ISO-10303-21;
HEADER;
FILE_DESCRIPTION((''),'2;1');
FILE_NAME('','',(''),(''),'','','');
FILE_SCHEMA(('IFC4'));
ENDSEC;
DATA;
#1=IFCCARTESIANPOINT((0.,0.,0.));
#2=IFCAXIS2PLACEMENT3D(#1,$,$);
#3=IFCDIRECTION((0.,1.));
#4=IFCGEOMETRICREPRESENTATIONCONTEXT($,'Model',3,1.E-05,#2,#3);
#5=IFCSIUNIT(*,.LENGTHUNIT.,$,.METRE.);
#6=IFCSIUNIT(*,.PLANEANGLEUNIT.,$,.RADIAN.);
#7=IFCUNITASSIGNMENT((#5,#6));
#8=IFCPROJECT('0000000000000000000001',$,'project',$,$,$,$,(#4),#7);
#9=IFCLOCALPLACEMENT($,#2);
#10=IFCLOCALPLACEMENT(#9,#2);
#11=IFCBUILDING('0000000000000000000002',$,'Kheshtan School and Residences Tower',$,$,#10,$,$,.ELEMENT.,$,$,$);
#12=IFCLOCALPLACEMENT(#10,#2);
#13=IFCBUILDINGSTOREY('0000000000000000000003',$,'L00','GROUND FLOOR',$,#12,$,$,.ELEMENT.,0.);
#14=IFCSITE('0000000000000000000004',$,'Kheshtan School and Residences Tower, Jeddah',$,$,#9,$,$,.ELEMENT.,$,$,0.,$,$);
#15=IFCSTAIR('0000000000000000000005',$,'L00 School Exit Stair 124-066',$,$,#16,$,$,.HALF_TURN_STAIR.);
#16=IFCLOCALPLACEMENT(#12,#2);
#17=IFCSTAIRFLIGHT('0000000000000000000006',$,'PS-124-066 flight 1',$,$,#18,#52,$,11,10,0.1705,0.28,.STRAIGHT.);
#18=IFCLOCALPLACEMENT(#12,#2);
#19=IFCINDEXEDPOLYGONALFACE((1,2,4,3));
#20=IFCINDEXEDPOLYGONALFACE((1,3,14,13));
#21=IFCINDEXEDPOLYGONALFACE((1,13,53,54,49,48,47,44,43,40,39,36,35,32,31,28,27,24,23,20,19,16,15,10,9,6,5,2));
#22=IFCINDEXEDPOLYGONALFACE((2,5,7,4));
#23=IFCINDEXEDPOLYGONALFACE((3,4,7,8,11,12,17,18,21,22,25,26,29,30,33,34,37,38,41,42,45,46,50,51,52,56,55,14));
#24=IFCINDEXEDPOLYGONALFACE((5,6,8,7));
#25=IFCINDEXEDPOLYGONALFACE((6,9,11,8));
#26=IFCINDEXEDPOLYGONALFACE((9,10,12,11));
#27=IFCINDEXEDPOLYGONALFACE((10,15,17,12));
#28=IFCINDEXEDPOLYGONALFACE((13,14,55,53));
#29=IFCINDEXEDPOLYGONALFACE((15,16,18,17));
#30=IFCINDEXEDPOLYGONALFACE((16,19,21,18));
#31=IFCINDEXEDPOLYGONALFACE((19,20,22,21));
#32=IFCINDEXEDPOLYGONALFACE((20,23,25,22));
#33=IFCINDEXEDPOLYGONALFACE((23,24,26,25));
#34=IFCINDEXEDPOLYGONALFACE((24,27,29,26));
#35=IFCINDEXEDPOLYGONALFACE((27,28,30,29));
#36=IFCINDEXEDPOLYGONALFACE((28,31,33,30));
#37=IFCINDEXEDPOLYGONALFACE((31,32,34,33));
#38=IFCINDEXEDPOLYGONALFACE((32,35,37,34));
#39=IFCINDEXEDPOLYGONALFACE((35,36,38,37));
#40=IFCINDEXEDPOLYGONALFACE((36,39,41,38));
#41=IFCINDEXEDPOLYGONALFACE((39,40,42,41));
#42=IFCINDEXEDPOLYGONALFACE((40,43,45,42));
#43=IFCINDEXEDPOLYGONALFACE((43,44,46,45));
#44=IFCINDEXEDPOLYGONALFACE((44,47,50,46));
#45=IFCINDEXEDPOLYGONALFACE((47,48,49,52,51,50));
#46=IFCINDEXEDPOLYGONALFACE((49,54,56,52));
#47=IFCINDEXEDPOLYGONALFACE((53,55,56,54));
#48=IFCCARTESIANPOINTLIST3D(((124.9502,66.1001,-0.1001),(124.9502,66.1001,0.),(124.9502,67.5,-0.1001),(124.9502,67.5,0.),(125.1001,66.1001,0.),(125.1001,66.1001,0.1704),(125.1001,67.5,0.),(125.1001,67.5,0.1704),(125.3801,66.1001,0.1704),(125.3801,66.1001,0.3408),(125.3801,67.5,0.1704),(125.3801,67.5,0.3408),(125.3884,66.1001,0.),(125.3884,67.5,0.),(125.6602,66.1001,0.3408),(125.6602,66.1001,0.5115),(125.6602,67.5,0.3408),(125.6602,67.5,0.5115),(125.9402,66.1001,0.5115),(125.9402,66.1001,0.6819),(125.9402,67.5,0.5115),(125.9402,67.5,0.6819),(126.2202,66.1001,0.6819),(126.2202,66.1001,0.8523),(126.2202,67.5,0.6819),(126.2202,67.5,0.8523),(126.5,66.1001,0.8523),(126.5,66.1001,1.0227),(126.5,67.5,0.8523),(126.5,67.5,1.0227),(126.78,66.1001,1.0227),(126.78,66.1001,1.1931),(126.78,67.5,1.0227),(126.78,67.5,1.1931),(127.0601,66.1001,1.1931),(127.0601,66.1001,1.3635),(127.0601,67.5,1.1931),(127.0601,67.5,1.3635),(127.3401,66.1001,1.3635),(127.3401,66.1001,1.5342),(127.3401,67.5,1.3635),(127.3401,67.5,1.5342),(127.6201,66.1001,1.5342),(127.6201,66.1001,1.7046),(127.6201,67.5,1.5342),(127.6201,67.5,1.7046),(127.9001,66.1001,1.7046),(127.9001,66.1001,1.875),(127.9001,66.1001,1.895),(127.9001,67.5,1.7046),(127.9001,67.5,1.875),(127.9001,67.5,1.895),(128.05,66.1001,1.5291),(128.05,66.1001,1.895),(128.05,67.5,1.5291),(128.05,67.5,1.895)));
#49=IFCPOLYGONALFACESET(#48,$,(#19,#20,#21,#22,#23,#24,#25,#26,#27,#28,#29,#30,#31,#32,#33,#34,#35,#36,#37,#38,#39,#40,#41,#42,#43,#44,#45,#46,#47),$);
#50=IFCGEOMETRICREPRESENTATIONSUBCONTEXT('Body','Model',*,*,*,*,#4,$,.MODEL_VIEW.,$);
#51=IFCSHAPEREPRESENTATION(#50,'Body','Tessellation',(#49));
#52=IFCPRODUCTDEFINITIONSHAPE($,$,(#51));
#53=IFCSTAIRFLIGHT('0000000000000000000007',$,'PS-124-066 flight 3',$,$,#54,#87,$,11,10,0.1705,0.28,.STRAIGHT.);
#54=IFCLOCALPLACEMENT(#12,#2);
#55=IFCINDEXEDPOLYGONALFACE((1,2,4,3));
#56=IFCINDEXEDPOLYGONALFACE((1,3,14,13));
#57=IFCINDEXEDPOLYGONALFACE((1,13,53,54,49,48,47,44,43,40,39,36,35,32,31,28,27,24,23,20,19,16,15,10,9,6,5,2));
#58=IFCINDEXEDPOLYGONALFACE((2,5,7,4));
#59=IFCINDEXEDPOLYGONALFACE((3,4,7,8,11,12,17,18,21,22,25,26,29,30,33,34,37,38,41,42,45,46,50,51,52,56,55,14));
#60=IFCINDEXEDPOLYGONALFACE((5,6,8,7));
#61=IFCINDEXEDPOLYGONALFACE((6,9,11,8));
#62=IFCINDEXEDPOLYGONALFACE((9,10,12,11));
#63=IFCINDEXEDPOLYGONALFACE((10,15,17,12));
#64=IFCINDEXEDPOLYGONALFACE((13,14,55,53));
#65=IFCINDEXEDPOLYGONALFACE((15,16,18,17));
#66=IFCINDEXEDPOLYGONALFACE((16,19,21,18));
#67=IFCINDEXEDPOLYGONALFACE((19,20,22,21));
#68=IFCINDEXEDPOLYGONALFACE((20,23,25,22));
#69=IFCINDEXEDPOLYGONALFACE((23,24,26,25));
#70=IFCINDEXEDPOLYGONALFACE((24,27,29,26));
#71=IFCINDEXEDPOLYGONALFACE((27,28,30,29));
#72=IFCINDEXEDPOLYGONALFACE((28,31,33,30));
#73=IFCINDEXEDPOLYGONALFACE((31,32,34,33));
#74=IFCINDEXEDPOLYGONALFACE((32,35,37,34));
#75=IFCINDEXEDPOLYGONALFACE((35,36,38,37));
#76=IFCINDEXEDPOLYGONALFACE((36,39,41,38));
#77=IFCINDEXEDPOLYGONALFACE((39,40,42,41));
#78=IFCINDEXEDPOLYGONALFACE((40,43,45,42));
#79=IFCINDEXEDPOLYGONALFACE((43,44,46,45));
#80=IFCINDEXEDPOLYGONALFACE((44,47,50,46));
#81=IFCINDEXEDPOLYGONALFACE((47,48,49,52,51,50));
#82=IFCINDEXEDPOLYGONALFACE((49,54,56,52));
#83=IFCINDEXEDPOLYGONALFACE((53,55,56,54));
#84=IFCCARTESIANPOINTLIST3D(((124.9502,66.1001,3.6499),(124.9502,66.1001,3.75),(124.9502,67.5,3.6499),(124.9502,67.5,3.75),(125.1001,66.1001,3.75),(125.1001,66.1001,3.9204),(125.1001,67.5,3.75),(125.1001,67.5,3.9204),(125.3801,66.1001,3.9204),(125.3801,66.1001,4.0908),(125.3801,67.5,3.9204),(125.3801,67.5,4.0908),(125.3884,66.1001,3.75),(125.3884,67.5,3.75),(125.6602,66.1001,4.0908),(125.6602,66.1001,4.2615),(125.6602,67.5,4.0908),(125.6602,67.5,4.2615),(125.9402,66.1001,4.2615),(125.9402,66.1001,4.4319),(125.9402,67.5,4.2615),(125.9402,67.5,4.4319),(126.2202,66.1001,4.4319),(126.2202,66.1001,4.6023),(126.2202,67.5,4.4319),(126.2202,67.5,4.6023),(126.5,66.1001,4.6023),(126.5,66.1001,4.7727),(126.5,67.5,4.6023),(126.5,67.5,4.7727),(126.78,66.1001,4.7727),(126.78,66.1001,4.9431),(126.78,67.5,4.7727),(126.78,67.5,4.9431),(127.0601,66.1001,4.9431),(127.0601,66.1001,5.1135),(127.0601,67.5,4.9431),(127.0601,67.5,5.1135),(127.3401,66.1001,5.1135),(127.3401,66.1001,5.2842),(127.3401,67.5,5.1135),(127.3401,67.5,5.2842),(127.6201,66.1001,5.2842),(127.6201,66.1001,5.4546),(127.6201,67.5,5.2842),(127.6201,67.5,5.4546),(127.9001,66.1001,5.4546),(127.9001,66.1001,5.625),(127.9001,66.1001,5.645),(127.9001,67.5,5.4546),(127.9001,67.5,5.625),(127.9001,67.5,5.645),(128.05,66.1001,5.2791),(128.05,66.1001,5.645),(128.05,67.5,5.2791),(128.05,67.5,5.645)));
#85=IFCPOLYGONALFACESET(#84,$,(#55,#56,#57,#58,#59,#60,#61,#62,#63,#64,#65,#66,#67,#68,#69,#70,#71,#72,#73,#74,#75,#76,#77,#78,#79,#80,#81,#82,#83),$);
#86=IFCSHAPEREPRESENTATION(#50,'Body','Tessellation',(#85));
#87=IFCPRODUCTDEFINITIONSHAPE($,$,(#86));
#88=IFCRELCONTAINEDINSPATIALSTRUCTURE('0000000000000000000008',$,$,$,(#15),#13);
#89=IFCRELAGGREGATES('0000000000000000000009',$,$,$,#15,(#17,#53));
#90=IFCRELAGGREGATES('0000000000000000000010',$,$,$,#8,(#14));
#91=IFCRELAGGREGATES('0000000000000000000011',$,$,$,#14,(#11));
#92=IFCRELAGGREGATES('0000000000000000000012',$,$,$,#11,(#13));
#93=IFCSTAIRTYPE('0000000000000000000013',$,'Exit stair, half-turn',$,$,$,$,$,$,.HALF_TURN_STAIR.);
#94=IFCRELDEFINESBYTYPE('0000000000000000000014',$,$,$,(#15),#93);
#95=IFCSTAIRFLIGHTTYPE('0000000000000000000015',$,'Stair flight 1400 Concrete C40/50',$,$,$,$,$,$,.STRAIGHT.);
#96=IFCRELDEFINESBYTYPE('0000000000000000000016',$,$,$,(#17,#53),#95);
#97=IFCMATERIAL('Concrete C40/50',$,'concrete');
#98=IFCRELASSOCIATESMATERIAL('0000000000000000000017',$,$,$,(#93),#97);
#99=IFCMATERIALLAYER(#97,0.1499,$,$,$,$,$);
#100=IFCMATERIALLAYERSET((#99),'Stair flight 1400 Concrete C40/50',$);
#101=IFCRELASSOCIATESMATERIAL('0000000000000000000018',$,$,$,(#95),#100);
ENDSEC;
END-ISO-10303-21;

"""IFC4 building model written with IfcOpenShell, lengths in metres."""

from ifc_helpers import new_model, si_unit, direction, frame, origin, place, context, subcontext, project, spatial, polyline, outline, extrude, material, layer, layer_set, type_object, element, aggregate, save


model = new_model("IFC4")

# Units and contexts
model_context = context("Model", 3, precision=1e-05, world=origin(), true_north=direction((0.0, 1.0)))
body_context = subcontext(model_context, "Body", "Model", "MODEL_VIEW")
ifc_project = project(units=[si_unit("LENGTHUNIT", "METRE"), si_unit("PLANEANGLEUNIT", "RADIAN")], contexts=[model_context])

# Site, building, storey
site_placement = place(None, origin())
site = spatial("IfcSite", under=ifc_project, at=site_placement, Name="Kheshtan School and Residences Tower, Jeddah", CompositionType="ELEMENT", RefElevation=0.0)
building_placement = place(site_placement, origin())
building = spatial("IfcBuilding", under=site, at=building_placement, Name="Kheshtan School and Residences Tower", CompositionType="ELEMENT")
storey_placement = place(building_placement, origin())
storey = spatial("IfcBuildingStorey", under=building, at=storey_placement, Name="L00", Description="GROUND FLOOR", CompositionType="ELEMENT", Elevation=0.0)

# Shared definitions
ifc_material_1 = material(Name="Concrete C40/50", Category="concrete")

# Stair, stair flights
stair_type = type_object("IfcStairType", Name="Exit stair, half-turn", PredefinedType="HALF_TURN_STAIR", material=ifc_material_1)
stair_placement = place(storey_placement, origin())
stair = element("IfcStair", 1, at=stair_placement, inside=storey, type_object=stair_type, Name="L00 School Exit Stair 124-066", PredefinedType="HALF_TURN_STAIR")
ifc_layer_1 = layer(ifc_material_1, 0.1499)
ifc_layer_set_1 = layer_set([ifc_layer_1], Name="Stair flight 1400 Concrete C40/50")
stair_flight_type = type_object("IfcStairFlightType", Name="Stair flight 1400 Concrete C40/50", PredefinedType="STRAIGHT", material=ifc_layer_set_1)
stair_flight_1_placement = place(storey_placement, frame((125.1001, 66.8, 0.0), z_axis=(0.0, 0.0, 1.0), x_axis=(1.0, 0.0, 0.0)))
stair_flight_1 = element("IfcStairFlight", 2, at=stair_flight_1_placement, type_object=stair_flight_type, Name="PS-124-066 flight 1", NumberOfRisers=11, NumberOfTreads=10, PredefinedType="STRAIGHT", RiserHeight=0.1705, TreadLength=0.28, context=body_context, shape_type="SweptSolid", body=[
    extrude(outline(polyline([(-0.1499, -0.1001), (-0.1499, 0.0), (0.0, 0.0), (0.0, 0.1704), (0.28, 0.1704), (0.28, 0.3408), (0.5601, 0.3408), (0.5601, 0.5115), (0.8401, 0.5115), (0.8401, 0.6819), (1.1201, 0.6819), (1.1201, 0.8523), (1.3999, 0.8523), (1.3999, 1.0227), (1.6799, 1.0227), (1.6799, 1.1931), (1.96, 1.1931), (1.96, 1.3635), (2.24, 1.3635), (2.24, 1.5342), (2.52, 1.5342), (2.52, 1.7046), (2.8, 1.7046), (2.8, 1.875), (2.8, 1.895), (2.95, 1.895), (2.95, 1.5291), (0.2883, 0.0), (-0.1499, -0.1001)])), frame((0.0, 0.7, 0.0), z_axis=(0.0, -1.0, 0.0), x_axis=(1.0, 0.0, 0.0)), (0.0, 0.0, 1.0), 1.3999),
])
stair_flight_2_placement = place(storey_placement, frame((125.1001, 66.8, 3.75), z_axis=(0.0, 0.0, 1.0), x_axis=(1.0, 0.0, 0.0)))
stair_flight_2 = element("IfcStairFlight", 3, at=stair_flight_2_placement, type_object=stair_flight_type, Name="PS-124-066 flight 3", NumberOfRisers=11, NumberOfTreads=10, PredefinedType="STRAIGHT", RiserHeight=0.1705, TreadLength=0.28, context=body_context, shape_type="SweptSolid", body=[
    extrude(outline(polyline([(-0.1499, -0.1001), (-0.1499, 0.0), (0.0, 0.0), (0.0, 0.1704), (0.28, 0.1704), (0.28, 0.3408), (0.5601, 0.3408), (0.5601, 0.5115), (0.8401, 0.5115), (0.8401, 0.6819), (1.1201, 0.6819), (1.1201, 0.8523), (1.3999, 0.8523), (1.3999, 1.0227), (1.6799, 1.0227), (1.6799, 1.1931), (1.96, 1.1931), (1.96, 1.3635), (2.24, 1.3635), (2.24, 1.5342), (2.52, 1.5342), (2.52, 1.7046), (2.8, 1.7046), (2.8, 1.875), (2.8, 1.895), (2.95, 1.895), (2.95, 1.5291), (0.2883, 0.0), (-0.1499, -0.1001)])), frame((0.0, 0.7, 0.0), z_axis=(0.0, -1.0, 0.0), x_axis=(1.0, 0.0, 0.0)), (0.0, 0.0, 1.0), 1.3999),
])
aggregate(stair, [stair_flight_1, stair_flight_2])

save(model, "model.ifc")
